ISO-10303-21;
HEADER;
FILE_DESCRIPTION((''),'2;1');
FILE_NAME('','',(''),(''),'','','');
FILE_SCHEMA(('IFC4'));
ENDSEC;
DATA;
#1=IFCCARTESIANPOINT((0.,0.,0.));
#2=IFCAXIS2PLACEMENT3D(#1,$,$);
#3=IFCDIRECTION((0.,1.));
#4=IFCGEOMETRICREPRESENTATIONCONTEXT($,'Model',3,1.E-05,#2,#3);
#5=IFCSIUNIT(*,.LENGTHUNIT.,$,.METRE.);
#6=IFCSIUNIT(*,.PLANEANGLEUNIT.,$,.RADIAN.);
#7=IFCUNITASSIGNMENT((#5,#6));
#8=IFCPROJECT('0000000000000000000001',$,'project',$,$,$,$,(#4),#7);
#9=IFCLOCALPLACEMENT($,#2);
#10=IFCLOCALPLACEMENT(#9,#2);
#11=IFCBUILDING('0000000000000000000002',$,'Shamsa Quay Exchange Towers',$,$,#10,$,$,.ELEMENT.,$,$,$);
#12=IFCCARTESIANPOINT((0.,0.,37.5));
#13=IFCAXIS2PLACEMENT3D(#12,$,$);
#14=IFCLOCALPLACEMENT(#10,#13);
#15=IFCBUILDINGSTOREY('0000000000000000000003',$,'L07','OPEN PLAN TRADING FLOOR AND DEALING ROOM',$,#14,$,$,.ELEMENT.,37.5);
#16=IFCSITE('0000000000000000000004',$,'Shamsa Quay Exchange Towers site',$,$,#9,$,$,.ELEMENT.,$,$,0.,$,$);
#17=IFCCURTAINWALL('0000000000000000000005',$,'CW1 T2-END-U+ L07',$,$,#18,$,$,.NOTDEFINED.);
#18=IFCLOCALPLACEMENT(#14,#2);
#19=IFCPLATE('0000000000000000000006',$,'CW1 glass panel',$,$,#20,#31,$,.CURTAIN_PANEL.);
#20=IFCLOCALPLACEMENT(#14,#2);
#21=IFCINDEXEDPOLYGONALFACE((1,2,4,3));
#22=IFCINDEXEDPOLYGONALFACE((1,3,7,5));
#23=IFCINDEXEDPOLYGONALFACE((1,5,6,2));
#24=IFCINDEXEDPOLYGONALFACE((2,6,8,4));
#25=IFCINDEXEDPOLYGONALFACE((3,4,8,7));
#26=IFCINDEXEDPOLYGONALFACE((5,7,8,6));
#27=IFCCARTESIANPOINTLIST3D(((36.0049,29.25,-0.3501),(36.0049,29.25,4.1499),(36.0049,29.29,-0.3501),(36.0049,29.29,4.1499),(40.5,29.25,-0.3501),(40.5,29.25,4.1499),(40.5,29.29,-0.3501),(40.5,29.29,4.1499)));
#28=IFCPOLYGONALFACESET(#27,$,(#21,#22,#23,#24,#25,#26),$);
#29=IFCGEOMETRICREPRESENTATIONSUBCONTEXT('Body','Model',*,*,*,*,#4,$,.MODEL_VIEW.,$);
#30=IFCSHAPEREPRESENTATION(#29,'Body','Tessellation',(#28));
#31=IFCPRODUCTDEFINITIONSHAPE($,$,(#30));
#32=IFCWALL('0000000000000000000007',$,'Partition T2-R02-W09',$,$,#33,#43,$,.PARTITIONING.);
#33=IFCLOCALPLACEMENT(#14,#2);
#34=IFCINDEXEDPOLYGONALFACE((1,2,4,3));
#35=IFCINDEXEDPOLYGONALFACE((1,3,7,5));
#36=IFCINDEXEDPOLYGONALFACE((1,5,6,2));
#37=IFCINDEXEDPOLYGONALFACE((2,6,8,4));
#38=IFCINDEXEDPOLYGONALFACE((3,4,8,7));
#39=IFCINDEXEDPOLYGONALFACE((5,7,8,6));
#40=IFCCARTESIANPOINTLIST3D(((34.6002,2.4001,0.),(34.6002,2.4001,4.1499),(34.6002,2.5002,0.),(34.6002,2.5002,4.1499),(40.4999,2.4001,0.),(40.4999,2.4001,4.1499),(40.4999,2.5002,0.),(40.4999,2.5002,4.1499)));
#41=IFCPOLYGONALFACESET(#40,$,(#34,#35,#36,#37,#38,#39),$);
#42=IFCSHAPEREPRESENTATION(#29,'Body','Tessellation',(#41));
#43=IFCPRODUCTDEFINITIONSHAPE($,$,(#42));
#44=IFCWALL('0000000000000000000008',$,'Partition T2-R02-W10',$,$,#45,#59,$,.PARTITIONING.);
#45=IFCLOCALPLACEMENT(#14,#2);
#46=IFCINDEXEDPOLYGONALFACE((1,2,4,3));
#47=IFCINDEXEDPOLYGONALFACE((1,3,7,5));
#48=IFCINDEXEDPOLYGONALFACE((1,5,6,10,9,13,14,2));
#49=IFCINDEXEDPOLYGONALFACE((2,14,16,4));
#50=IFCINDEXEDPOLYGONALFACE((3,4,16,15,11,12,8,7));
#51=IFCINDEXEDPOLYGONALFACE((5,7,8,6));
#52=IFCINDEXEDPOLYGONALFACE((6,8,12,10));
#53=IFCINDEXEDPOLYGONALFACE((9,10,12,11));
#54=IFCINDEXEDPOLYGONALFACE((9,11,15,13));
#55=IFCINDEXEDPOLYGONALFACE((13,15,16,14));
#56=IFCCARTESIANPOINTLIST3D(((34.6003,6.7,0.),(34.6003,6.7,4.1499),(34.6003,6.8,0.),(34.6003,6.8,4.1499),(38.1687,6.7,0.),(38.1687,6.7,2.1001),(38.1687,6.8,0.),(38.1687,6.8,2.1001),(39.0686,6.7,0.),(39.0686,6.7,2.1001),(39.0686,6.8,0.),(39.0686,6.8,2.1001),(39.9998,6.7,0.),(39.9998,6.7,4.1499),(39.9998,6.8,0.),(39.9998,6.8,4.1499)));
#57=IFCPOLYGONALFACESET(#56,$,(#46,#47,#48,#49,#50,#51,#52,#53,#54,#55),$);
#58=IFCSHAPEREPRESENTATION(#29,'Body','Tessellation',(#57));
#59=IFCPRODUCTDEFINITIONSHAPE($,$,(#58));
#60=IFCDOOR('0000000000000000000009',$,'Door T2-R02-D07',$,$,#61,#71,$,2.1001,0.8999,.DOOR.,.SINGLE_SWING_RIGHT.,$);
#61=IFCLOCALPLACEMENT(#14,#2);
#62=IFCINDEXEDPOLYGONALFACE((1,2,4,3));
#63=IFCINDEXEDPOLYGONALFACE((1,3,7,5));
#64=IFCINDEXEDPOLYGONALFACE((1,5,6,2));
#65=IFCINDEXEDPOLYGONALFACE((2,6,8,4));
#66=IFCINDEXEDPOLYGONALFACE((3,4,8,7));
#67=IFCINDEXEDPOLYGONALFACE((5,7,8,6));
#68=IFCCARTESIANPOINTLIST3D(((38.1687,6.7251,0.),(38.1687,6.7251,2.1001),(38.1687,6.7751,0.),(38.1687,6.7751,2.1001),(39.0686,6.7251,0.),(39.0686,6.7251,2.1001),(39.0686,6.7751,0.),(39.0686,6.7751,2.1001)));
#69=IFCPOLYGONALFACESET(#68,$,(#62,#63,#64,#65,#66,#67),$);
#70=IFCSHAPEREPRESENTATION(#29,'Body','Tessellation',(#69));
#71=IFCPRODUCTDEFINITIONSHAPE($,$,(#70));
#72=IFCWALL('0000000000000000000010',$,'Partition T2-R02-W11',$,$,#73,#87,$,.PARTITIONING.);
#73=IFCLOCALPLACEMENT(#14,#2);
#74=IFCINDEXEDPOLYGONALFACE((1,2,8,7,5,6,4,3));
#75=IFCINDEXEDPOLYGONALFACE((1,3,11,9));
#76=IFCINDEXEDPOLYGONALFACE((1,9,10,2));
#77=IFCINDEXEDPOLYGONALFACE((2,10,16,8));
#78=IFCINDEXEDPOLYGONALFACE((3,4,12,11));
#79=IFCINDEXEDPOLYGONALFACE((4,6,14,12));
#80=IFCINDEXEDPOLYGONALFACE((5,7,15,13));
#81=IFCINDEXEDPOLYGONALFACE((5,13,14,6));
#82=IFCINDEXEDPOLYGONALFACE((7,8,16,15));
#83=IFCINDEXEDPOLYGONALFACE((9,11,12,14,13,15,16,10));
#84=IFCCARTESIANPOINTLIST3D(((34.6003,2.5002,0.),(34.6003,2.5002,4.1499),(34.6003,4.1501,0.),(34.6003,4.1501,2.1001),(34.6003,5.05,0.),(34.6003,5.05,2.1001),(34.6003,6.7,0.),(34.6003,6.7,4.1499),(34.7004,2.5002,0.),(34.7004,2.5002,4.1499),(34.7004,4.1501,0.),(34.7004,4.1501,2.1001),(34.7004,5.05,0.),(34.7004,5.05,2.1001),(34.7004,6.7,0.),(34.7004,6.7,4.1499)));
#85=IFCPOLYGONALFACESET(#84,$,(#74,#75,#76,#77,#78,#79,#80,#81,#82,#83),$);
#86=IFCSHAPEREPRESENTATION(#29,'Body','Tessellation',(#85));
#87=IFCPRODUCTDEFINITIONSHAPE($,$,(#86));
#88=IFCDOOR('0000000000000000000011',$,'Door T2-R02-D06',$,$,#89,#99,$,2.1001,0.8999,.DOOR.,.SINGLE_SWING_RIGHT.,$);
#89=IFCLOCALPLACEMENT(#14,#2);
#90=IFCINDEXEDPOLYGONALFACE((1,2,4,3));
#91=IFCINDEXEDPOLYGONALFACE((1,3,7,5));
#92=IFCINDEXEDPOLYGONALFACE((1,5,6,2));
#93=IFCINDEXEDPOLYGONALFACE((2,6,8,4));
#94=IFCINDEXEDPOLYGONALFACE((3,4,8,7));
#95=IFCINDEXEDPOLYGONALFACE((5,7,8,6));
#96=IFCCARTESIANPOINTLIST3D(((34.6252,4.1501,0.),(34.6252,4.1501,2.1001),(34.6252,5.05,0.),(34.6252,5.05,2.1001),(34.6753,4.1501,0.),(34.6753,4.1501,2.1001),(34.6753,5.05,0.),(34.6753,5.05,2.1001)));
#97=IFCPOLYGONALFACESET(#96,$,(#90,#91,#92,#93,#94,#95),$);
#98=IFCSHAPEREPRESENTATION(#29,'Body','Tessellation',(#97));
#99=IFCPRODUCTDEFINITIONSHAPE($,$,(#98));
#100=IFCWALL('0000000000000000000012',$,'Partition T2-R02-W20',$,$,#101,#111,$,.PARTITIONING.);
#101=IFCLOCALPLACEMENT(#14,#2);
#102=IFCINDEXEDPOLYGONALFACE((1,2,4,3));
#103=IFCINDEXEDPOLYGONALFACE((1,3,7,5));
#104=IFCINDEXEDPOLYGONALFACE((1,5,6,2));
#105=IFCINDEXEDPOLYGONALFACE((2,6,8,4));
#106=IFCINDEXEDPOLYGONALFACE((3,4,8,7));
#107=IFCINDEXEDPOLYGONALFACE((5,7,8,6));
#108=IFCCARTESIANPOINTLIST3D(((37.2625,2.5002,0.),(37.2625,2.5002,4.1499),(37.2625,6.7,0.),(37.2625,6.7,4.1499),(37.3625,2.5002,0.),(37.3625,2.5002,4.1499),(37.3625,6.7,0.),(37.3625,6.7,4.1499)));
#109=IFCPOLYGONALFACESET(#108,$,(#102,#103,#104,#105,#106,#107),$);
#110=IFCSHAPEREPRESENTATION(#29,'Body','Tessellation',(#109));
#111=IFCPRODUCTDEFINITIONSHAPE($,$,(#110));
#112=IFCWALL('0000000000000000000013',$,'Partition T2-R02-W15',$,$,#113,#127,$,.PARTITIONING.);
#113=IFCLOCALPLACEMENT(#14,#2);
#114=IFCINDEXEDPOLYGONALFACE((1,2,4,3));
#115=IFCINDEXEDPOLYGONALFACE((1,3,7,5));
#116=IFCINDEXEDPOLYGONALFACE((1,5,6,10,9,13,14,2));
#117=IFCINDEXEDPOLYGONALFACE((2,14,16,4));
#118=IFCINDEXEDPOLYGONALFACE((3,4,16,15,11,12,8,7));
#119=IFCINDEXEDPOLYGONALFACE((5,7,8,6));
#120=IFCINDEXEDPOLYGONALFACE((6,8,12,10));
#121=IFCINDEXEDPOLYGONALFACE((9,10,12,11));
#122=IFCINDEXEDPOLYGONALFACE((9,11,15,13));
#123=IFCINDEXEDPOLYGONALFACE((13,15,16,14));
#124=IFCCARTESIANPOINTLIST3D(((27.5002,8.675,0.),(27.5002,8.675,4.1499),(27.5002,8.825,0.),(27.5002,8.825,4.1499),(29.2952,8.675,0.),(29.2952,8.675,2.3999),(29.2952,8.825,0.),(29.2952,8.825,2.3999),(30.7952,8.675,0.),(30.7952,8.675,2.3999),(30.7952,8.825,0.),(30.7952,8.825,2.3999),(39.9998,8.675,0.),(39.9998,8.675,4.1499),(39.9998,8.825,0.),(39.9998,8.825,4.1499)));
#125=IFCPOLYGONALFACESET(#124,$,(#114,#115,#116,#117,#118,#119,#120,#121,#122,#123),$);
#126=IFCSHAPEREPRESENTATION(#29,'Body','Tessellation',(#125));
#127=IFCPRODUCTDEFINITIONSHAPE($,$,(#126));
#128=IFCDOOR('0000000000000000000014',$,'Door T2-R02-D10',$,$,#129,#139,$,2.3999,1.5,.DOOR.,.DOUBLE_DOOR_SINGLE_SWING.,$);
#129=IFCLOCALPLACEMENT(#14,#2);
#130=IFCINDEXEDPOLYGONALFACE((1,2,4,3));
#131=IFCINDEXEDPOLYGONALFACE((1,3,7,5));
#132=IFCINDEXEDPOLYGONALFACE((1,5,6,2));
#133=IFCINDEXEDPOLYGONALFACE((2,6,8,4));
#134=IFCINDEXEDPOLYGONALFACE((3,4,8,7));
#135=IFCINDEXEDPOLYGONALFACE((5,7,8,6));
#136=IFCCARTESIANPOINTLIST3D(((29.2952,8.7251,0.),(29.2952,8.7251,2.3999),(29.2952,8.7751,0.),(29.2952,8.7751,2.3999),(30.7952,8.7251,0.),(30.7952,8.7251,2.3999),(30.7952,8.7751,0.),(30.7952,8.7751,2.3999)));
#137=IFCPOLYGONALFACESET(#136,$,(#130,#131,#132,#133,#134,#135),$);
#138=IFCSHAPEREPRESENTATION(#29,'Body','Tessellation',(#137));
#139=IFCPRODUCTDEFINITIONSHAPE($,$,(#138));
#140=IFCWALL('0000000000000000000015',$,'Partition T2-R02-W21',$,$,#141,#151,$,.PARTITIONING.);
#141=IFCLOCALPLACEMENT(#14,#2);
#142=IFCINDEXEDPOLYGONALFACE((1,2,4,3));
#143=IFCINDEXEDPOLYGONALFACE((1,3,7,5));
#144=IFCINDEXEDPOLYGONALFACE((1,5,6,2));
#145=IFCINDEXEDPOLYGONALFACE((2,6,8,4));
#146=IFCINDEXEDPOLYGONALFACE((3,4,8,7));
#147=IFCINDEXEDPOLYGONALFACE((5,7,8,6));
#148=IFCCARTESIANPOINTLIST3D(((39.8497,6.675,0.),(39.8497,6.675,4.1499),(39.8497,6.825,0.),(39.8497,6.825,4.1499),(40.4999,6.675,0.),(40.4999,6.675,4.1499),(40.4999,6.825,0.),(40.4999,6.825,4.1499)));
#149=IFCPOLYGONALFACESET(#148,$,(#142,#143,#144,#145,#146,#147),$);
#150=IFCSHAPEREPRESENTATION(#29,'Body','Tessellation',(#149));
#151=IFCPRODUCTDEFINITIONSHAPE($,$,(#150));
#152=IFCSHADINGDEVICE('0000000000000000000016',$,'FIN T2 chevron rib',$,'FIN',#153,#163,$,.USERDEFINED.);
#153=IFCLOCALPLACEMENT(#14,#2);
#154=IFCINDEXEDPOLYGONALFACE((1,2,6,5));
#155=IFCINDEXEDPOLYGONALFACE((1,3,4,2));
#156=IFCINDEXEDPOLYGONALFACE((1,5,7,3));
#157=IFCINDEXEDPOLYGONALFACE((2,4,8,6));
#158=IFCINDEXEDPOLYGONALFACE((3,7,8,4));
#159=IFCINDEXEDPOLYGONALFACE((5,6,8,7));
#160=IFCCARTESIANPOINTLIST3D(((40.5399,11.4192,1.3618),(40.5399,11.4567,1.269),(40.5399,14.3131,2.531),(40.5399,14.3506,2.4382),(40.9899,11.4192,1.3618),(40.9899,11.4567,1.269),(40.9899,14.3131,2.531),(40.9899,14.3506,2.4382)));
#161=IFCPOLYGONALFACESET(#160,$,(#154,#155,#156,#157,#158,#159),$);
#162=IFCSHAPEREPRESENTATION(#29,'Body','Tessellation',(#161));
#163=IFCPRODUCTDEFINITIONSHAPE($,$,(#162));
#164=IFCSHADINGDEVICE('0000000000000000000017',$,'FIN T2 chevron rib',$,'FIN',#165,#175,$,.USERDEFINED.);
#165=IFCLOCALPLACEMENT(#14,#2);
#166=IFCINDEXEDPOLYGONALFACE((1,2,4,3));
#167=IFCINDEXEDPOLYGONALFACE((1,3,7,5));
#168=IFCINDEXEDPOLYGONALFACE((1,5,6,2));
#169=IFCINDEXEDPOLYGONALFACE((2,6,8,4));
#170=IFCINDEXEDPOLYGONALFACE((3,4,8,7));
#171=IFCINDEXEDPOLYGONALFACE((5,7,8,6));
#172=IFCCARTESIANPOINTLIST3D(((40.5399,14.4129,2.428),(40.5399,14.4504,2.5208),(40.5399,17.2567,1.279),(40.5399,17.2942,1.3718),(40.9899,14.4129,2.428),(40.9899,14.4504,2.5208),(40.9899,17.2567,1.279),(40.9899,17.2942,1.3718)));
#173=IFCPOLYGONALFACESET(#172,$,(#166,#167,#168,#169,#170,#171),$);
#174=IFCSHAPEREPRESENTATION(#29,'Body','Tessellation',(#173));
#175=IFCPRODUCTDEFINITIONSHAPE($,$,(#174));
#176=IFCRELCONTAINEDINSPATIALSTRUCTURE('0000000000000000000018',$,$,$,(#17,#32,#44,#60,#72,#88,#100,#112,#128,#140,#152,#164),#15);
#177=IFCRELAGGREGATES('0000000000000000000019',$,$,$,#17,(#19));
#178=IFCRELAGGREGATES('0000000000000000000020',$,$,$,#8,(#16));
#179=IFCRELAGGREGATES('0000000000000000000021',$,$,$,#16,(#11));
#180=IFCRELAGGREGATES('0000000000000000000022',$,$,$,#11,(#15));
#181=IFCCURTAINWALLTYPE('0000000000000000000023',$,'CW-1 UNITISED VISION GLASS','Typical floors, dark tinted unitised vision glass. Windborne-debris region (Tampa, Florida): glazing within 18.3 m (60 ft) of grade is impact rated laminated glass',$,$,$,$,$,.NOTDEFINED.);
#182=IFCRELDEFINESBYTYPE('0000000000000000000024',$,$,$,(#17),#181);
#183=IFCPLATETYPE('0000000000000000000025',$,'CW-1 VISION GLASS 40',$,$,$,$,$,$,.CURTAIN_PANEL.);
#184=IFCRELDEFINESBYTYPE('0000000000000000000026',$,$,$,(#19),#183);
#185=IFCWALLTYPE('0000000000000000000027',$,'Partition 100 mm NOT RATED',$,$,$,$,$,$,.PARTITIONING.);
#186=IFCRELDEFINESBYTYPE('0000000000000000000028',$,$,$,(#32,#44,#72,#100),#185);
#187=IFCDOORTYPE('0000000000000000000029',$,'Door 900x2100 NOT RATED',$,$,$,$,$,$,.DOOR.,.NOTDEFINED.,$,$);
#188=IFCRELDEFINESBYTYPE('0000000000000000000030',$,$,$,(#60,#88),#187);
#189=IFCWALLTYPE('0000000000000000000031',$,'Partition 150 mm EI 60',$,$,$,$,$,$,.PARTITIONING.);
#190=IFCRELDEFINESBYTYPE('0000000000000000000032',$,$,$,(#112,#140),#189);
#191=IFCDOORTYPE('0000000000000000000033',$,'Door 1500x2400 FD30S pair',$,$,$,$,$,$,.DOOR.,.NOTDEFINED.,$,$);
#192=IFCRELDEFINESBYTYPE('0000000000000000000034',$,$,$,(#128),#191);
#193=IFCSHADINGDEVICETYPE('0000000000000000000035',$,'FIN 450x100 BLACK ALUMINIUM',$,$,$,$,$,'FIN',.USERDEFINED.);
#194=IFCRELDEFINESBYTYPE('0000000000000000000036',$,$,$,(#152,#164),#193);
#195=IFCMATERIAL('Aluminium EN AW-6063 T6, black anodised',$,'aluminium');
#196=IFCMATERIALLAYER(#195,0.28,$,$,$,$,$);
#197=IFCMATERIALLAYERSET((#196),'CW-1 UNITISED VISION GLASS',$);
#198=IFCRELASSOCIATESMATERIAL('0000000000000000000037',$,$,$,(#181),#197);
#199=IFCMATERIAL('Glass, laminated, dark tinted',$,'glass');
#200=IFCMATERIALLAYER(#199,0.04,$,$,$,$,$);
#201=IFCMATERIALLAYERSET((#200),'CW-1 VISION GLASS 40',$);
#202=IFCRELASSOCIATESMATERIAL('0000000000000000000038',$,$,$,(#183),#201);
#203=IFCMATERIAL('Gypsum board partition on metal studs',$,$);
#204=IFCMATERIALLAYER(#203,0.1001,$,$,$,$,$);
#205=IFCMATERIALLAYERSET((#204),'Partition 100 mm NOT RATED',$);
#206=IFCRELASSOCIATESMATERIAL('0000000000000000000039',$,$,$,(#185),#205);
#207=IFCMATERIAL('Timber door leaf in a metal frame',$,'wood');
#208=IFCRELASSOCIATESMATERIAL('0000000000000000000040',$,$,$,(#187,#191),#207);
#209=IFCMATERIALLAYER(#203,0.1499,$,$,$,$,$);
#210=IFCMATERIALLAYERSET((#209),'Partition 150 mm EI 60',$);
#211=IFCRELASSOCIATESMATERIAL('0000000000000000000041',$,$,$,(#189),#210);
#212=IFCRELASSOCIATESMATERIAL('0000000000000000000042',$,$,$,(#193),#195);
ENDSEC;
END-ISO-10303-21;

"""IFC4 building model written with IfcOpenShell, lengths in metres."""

from ifc_helpers import new_model, si_unit, direction, frame, frame_2d, origin, origin_2d, place, context, subcontext, project, spatial, rectangle, extrude, material, layer, layer_set, material_profile, profile_set, type_object, element, fill, aggregate, save


model = new_model("IFC4")

# Units and contexts
model_context = context("Model", 3, precision=1e-05, world=origin(), true_north=direction((0.0, 1.0)))
body_context = subcontext(model_context, "Body", "Model", "MODEL_VIEW")
ifc_project = project(units=[si_unit("LENGTHUNIT", "METRE"), si_unit("PLANEANGLEUNIT", "RADIAN")], contexts=[model_context])

# Site, building, storey
site_placement = place(None, origin())
site = spatial("IfcSite", under=ifc_project, at=site_placement, Name="Shamsa Quay Exchange Towers site", CompositionType="ELEMENT", RefElevation=0.0)
building_placement = place(site_placement, origin())
building = spatial("IfcBuilding", under=site, at=building_placement, Name="Shamsa Quay Exchange Towers", CompositionType="ELEMENT")
storey_placement = place(building_placement, frame((0.0, 0.0, 37.5)))
storey = spatial("IfcBuildingStorey", under=building, at=storey_placement, Name="L07", Description="OPEN PLAN TRADING FLOOR AND DEALING ROOM", CompositionType="ELEMENT", Elevation=37.5)

# Shared definitions
ifc_material_1 = material(Name="Aluminium EN AW-6063 T6, black anodised", Category="aluminium")
ifc_layer_1 = layer(ifc_material_1, 0.28)
ifc_layer_set_1 = layer_set([ifc_layer_1], Name="CW-1 UNITISED VISION GLASS")
curtain_wall_type = type_object("IfcCurtainWallType", Name="CW-1 UNITISED VISION GLASS", Description="Typical floors, dark tinted unitised vision glass. Windborne-debris region (Tampa, Florida): glazing within 18.3 m (60 ft) of grade is impact rated laminated glass", PredefinedType="NOTDEFINED", material=ifc_layer_set_1)

# Curtain wall
curtain_wall_1_placement = place(storey_placement, origin())
curtain_wall_1 = element("IfcCurtainWall", 1, at=curtain_wall_1_placement, inside=storey, type_object=curtain_wall_type, Name="CW1 T2-END-U+ L07", PredefinedType="NOTDEFINED")

# Plate
ifc_material_2 = material(Name="Glass, laminated, dark tinted", Category="glass")
ifc_layer_2 = layer(ifc_material_2, 0.04)
ifc_layer_set_2 = layer_set([ifc_layer_2], Name="CW-1 VISION GLASS 40")
plate_type = type_object("IfcPlateType", Name="CW-1 VISION GLASS 40", PredefinedType="CURTAIN_PANEL", material=ifc_layer_set_2)
plate_1_placement = place(storey_placement, frame((38.2524, 29.27, -0.3501), z_axis=(0.0, 0.0, 1.0), x_axis=(-1.0, 0.0, 0.0)))
plate_1 = element("IfcPlate", 2, at=plate_1_placement, type_object=plate_type, Name="CW1 glass panel", PredefinedType="CURTAIN_PANEL", context=body_context, shape_type="SweptSolid", body=[
    extrude(rectangle(XDim=4.4951, YDim=0.04, at=origin_2d()), origin(), (0.0, 0.0, 1.0), 4.5),
])
aggregate(curtain_wall_1, [plate_1])

# Wall
ifc_material_3 = material(Name="Gypsum board partition on metal studs")
ifc_layer_3 = layer(ifc_material_3, 0.1001)
ifc_layer_set_3 = layer_set([ifc_layer_3], Name="Partition 100 mm NOT RATED")
wall_type_1 = type_object("IfcWallType", Name="Partition 100 mm NOT RATED", PredefinedType="PARTITIONING", material=ifc_layer_set_3)
wall_1_placement = place(storey_placement, frame((34.6003, 2.4502, 0.0)))
element("IfcWall", 3, at=wall_1_placement, inside=storey, type_object=wall_type_1, Name="Partition T2-R02-W09", PredefinedType="PARTITIONING", context=body_context, shape_type="SweptSolid", body=[
    extrude(rectangle(XDim=5.8997, YDim=0.1001, at=frame_2d((2.9497, 0.0))), origin(), (0.0, 0.0, 1.0), 4.1499),
])

# Walls, openings, doors
wall_2_placement = place(storey_placement, frame((39.9998, 6.75, 0.0), z_axis=(0.0, 0.0, 1.0), x_axis=(-1.0, 0.0, 0.0)))
wall_2 = element("IfcWall", 4, at=wall_2_placement, inside=storey, type_object=wall_type_1, Name="Partition T2-R02-W10", PredefinedType="PARTITIONING", context=body_context, shape_type="SweptSolid", body=[
    extrude(rectangle(XDim=5.3994, YDim=0.1001, at=frame_2d((2.6997, 0.0))), origin(), (0.0, 0.0, 1.0), 4.1499),
])
opening_1_placement = place(wall_2_placement, frame((0.9312, 0.0, 0.0)))
opening_1 = element("IfcOpeningElement", 5, at=opening_1_placement, cuts=wall_2, PredefinedType="OPENING", context=body_context, shape_type="SweptSolid", body=[
    extrude(rectangle(XDim=0.8999, YDim=2.1001, at=frame_2d((0.45, 1.05))), frame((0.0, 0.0601, 0.0), z_axis=(0.0, -1.0, 0.0), x_axis=(1.0, 0.0, 0.0)), (0.0, 0.0, 1.0), 0.1201),
])
ifc_material_4 = material(Name="Timber door leaf in a metal frame", Category="wood")
door_type_1 = type_object("IfcDoorType", Name="Door 900x2100 NOT RATED", OperationType="NOTDEFINED", PredefinedType="DOOR", material=ifc_material_4)
door_1_placement = place(opening_1_placement, origin())
door_1 = element("IfcDoor", 6, at=door_1_placement, inside=storey, type_object=door_type_1, Name="Door T2-R02-D07", OperationType="SINGLE_SWING_RIGHT", OverallHeight=2.1001, OverallWidth=0.8999, PredefinedType="DOOR", context=body_context, shape_type="SweptSolid", body=[
    extrude(rectangle(XDim=0.8999, YDim=2.1001, at=frame_2d((0.45, 1.05))), frame((0.0, 0.0249, 0.0), z_axis=(0.0, -1.0, 0.0), x_axis=(1.0, 0.0, 0.0)), (0.0, 0.0, 1.0), 0.05),
])
fill(opening_1, door_1)
wall_3_placement = place(storey_placement, frame((34.6504, 6.7, 0.0), z_axis=(0.0, 0.0, 1.0), x_axis=(0.0, -1.0, 0.0)))
wall_3 = element("IfcWall", 7, at=wall_3_placement, inside=storey, type_object=wall_type_1, Name="Partition T2-R02-W11", PredefinedType="PARTITIONING", context=body_context, shape_type="SweptSolid", body=[
    extrude(rectangle(XDim=4.1997, YDim=0.1001, at=frame_2d((2.0999, 0.0))), origin(), (0.0, 0.0, 1.0), 4.1499),
])
opening_2_placement = place(wall_3_placement, frame((1.6499, 0.0, 0.0)))
opening_2 = element("IfcOpeningElement", 8, at=opening_2_placement, cuts=wall_3, PredefinedType="OPENING", context=body_context, shape_type="SweptSolid", body=[
    extrude(rectangle(XDim=0.8999, YDim=2.1001, at=frame_2d((0.45, 1.05))), frame((0.0, 0.0601, 0.0), z_axis=(0.0, -1.0, 0.0), x_axis=(1.0, 0.0, 0.0)), (0.0, 0.0, 1.0), 0.1201),
])
door_2_placement = place(opening_2_placement, origin())
door_2 = element("IfcDoor", 9, at=door_2_placement, inside=storey, type_object=door_type_1, Name="Door T2-R02-D06", OperationType="SINGLE_SWING_RIGHT", OverallHeight=2.1001, OverallWidth=0.8999, PredefinedType="DOOR", context=body_context, shape_type="SweptSolid", body=[
    extrude(rectangle(XDim=0.8999, YDim=2.1001, at=frame_2d((0.45, 1.05))), frame((0.0, 0.0249, 0.0), z_axis=(0.0, -1.0, 0.0), x_axis=(1.0, 0.0, 0.0)), (0.0, 0.0, 1.0), 0.05),
])
fill(opening_2, door_2)

# Wall
wall_4_placement = place(storey_placement, frame((37.3125, 6.7, 0.0), z_axis=(0.0, 0.0, 1.0), x_axis=(0.0, -1.0, 0.0)))
element("IfcWall", 10, at=wall_4_placement, inside=storey, type_object=wall_type_1, Name="Partition T2-R02-W20", PredefinedType="PARTITIONING", context=body_context, shape_type="SweptSolid", body=[
    extrude(rectangle(XDim=4.1997, YDim=0.1001, at=frame_2d((2.0999, 0.0))), origin(), (0.0, 0.0, 1.0), 4.1499),
])

# Wall, opening, door
ifc_layer_4 = layer(ifc_material_3, 0.1499)
ifc_layer_set_4 = layer_set([ifc_layer_4], Name="Partition 150 mm EI 60")
wall_type_2 = type_object("IfcWallType", Name="Partition 150 mm EI 60", PredefinedType="PARTITIONING", material=ifc_layer_set_4)
door_type_2 = type_object("IfcDoorType", Name="Door 1500x2400 FD30S pair", OperationType="NOTDEFINED", PredefinedType="DOOR", material=ifc_material_4)
wall_5_placement = place(storey_placement, frame((39.9998, 8.75, 0.0), z_axis=(0.0, 0.0, 1.0), x_axis=(-1.0, 0.0, 0.0)))
wall_5 = element("IfcWall", 11, at=wall_5_placement, inside=storey, type_object=wall_type_2, Name="Partition T2-R02-W15", PredefinedType="PARTITIONING", context=body_context, shape_type="SweptSolid", body=[
    extrude(rectangle(XDim=12.4995, YDim=0.1499, at=frame_2d((6.2498, 0.0))), origin(), (0.0, 0.0, 1.0), 4.1499),
])
opening_3_placement = place(wall_5_placement, frame((9.2046, 0.0, 0.0)))
opening_3 = element("IfcOpeningElement", 12, at=opening_3_placement, cuts=wall_5, PredefinedType="OPENING", context=body_context, shape_type="SweptSolid", body=[
    extrude(rectangle(XDim=1.5, YDim=2.3999, at=frame_2d((0.75, 1.2))), frame((0.0, 0.085, 0.0), z_axis=(0.0, -1.0, 0.0), x_axis=(1.0, 0.0, 0.0)), (0.0, 0.0, 1.0), 0.1699),
])
door_3_placement = place(opening_3_placement, origin())
door_3 = element("IfcDoor", 13, at=door_3_placement, inside=storey, type_object=door_type_2, Name="Door T2-R02-D10", OperationType="DOUBLE_DOOR_SINGLE_SWING", OverallHeight=2.3999, OverallWidth=1.5, PredefinedType="DOOR", context=body_context, shape_type="SweptSolid", body=[
    extrude(rectangle(XDim=1.5, YDim=2.3999, at=frame_2d((0.75, 1.2))), frame((0.0, 0.0249, 0.0), z_axis=(0.0, -1.0, 0.0), x_axis=(1.0, 0.0, 0.0)), (0.0, 0.0, 1.0), 0.05),
])
fill(opening_3, door_3)

# Wall
wall_6_placement = place(storey_placement, frame((40.5, 6.75, 0.0), z_axis=(0.0, 0.0, 1.0), x_axis=(-1.0, 0.0, 0.0)))
element("IfcWall", 14, at=wall_6_placement, inside=storey, type_object=wall_type_2, Name="Partition T2-R02-W21", PredefinedType="PARTITIONING", context=body_context, shape_type="SweptSolid", body=[
    extrude(rectangle(XDim=0.6501, YDim=0.1499, at=frame_2d((0.3252, 0.0))), origin(), (0.0, 0.0, 1.0), 4.1499),
])

# Shading devices
ifc_material_profile_1 = material_profile(ifc_material_1, rectangle(XDim=0.45, YDim=0.1001, at=origin_2d()), Name="FIN450x100")
ifc_profile_set_1 = profile_set([ifc_material_profile_1], Name="Aluminium EN AW-6063 T6, black anodised")
shading_device_type = type_object("IfcShadingDeviceType", Name="FIN 450x100 BLACK ALUMINIUM", ElementType="FIN", PredefinedType="USERDEFINED", material=ifc_profile_set_1)
shading_device_1_placement = place(storey_placement, frame((40.7649, 11.438, 1.3154), z_axis=(0.0, 0.927182, 0.374612), x_axis=(-1.0, 0.0, 0.0)))
element("IfcShadingDevice", 15, at=shading_device_1_placement, inside=storey, type_object=shading_device_type, Name="FIN T2 chevron rib", ObjectType="FIN", PredefinedType="USERDEFINED", context=body_context, shape_type="SweptSolid", body=[
    extrude(rectangle(XDim=0.45, YDim=0.1001, at=origin_2d()), origin(), (0.0, 0.0, 1.0), 3.1211),
])
for number, where, z_axis, x_axis, name in (
    (16, (40.7649, 14.4316, 2.4744), (0.0, 0.927187, -0.3746), (-1.0, 0.0, 0.0), "FIN T2 chevron rib"),
):
    element("IfcShadingDevice", number, at=place(storey_placement, frame(where, z_axis=z_axis, x_axis=x_axis)), inside=storey, type_object=shading_device_type, Name=name, ObjectType="FIN", PredefinedType="USERDEFINED", context=body_context, shape_type="SweptSolid", body=[
        extrude(rectangle(XDim=0.45, YDim=0.1001, at=origin_2d()), origin(), (0.0, 0.0, 1.0), 3.0671),
    ])

save(model, "model.ifc")
